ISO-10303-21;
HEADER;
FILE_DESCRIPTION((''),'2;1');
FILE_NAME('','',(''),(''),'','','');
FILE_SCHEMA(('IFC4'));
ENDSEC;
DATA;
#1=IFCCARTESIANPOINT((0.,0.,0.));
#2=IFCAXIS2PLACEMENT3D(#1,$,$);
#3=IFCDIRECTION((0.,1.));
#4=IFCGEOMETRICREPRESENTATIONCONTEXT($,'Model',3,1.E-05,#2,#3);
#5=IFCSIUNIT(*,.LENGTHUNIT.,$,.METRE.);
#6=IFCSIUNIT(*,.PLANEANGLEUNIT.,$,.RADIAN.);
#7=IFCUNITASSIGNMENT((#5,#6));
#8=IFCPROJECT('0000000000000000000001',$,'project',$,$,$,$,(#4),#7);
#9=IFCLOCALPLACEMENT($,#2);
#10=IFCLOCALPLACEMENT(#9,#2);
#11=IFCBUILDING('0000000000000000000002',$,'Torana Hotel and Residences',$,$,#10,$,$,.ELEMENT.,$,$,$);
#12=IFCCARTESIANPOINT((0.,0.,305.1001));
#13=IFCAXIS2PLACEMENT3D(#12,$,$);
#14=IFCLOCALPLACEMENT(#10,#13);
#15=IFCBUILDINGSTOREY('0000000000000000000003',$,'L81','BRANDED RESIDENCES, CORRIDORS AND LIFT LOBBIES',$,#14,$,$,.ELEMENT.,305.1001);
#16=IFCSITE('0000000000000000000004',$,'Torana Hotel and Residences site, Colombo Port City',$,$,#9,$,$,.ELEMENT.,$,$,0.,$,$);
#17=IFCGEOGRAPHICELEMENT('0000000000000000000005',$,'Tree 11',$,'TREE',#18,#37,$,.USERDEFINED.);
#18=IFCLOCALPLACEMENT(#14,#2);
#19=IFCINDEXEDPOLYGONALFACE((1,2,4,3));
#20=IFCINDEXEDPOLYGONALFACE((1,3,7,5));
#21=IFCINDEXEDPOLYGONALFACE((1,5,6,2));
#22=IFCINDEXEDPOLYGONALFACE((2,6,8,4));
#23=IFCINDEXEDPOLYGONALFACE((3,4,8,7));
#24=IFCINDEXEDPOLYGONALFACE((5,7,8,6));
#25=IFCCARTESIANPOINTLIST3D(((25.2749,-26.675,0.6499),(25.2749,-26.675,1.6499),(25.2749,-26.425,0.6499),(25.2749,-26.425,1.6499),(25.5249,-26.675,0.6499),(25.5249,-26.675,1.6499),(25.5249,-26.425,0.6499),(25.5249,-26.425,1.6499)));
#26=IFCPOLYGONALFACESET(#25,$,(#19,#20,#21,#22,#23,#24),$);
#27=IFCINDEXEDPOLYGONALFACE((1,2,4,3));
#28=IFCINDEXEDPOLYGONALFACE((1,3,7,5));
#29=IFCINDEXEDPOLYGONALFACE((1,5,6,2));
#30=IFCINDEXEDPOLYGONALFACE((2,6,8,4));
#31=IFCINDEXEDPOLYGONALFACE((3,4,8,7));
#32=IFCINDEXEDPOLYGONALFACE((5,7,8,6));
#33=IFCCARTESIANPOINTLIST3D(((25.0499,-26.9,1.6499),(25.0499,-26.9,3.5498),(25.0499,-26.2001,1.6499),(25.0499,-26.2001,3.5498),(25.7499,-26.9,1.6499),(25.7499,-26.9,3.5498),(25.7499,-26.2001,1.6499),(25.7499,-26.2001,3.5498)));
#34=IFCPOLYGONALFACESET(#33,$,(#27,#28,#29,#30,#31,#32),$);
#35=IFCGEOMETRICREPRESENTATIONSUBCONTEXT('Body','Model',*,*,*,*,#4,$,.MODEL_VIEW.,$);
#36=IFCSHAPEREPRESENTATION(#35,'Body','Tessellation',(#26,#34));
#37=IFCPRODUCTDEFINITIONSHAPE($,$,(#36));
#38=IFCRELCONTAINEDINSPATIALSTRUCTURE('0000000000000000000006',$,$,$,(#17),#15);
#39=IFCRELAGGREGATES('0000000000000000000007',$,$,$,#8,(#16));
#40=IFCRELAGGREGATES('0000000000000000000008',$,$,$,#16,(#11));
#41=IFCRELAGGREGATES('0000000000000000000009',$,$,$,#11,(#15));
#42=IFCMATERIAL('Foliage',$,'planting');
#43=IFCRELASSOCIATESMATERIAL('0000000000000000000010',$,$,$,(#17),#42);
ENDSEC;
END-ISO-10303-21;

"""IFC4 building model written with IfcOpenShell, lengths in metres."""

from ifc_helpers import new_model, si_unit, direction, frame, origin, origin_2d, place, context, subcontext, project, spatial, rectangle, extrude, material, element, save


model = new_model("IFC4")

# Units and contexts
model_context = context("Model", 3, precision=1e-05, world=origin(), true_north=direction((0.0, 1.0)))
body_context = subcontext(model_context, "Body", "Model", "MODEL_VIEW")
ifc_project = project(units=[si_unit("LENGTHUNIT", "METRE"), si_unit("PLANEANGLEUNIT", "RADIAN")], contexts=[model_context])

# Site, building, storey
site_placement = place(None, origin())
site = spatial("IfcSite", under=ifc_project, at=site_placement, Name="Torana Hotel and Residences site, Colombo Port City", CompositionType="ELEMENT", RefElevation=0.0)
building_placement = place(site_placement, origin())
building = spatial("IfcBuilding", under=site, at=building_placement, Name="Torana Hotel and Residences", CompositionType="ELEMENT")
storey_placement = place(building_placement, frame((0.0, 0.0, 305.1001)))
storey = spatial("IfcBuildingStorey", under=building, at=storey_placement, Name="L81", Description="BRANDED RESIDENCES, CORRIDORS AND LIFT LOBBIES", CompositionType="ELEMENT", Elevation=305.1001)

# Geographic element
ifc_material_1 = material(Name="Foliage", Category="planting")
geographic_element_placement = place(storey_placement, frame((25.3999, -26.55, 0.6499), z_axis=(0.0, 0.0, 1.0), x_axis=(1.0, 0.0, 0.0)))
element("IfcGeographicElement", 1, at=geographic_element_placement, inside=storey, material=ifc_material_1, Name="Tree 11", ObjectType="TREE", PredefinedType="USERDEFINED", context=body_context, shape_type="SweptSolid", body=[
    extrude(rectangle(XDim=0.25, YDim=0.25, at=origin_2d()), origin(), (0.0, 0.0, 1.0), 1.0),
    extrude(rectangle(XDim=0.7, YDim=0.7, at=origin_2d()), frame((0.0, 0.0, 1.0)), (0.0, 0.0, 1.0), 1.8999),
])

save(model, "model.ifc")
